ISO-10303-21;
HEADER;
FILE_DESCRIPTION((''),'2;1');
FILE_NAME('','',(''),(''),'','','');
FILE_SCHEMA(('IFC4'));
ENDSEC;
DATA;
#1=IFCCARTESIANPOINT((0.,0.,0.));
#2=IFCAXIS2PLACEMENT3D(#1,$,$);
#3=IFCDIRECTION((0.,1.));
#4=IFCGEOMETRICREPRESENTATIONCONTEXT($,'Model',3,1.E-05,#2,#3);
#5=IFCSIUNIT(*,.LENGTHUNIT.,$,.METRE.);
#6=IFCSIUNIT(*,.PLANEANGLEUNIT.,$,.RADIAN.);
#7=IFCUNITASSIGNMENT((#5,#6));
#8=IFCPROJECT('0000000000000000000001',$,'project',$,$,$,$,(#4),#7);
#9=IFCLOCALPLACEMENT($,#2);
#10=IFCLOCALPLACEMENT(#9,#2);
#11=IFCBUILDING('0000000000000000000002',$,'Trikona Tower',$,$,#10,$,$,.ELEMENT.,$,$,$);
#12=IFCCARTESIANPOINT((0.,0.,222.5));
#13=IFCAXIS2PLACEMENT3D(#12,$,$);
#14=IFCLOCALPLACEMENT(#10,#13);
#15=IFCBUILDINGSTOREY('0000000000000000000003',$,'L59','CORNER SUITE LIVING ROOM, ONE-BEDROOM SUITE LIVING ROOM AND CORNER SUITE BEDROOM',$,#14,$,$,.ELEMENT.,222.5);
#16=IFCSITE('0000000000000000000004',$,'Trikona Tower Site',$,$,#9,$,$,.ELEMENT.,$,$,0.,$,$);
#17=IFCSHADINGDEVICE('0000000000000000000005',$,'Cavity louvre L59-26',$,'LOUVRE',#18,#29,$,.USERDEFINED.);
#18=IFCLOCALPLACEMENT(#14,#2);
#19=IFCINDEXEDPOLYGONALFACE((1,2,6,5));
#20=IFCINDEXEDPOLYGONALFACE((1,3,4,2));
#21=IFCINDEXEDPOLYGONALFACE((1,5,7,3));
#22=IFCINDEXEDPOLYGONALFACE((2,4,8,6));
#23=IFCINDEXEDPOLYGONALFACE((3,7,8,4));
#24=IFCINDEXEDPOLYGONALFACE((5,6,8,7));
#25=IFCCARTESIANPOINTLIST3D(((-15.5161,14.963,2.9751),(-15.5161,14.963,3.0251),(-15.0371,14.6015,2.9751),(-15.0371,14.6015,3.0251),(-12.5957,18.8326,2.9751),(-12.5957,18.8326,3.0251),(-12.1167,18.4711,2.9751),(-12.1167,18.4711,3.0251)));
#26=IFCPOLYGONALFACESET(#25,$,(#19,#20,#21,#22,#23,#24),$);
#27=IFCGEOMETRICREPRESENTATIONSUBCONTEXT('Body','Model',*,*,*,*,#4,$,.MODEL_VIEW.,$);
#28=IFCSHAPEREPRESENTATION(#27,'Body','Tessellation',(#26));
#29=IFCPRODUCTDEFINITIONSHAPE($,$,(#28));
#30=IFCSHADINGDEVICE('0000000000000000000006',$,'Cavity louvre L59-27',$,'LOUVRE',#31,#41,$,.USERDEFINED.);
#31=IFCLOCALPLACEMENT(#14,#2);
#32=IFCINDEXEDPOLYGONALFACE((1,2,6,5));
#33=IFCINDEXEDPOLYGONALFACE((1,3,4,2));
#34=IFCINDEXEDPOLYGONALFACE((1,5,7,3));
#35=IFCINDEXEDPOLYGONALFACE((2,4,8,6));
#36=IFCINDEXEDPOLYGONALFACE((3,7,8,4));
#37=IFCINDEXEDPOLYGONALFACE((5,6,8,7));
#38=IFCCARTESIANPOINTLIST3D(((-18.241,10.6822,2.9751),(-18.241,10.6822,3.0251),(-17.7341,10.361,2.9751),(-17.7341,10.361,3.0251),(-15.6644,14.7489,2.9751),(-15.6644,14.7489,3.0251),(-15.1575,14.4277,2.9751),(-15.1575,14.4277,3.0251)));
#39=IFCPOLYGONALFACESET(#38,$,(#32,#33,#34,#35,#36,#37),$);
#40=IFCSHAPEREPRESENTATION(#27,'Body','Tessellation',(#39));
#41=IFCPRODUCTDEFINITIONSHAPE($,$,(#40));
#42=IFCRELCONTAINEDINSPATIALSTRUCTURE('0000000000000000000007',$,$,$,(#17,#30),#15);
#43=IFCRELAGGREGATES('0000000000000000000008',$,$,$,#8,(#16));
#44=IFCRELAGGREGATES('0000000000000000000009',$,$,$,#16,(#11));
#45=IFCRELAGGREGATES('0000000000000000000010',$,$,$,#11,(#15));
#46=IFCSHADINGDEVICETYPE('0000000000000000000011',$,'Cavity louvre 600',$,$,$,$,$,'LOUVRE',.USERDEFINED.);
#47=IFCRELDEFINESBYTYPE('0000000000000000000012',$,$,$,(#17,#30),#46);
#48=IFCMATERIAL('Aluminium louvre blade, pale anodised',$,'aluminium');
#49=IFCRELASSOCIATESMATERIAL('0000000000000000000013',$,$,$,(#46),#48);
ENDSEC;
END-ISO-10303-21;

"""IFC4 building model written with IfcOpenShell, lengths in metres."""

from ifc_helpers import new_model, si_unit, direction, frame, origin, origin_2d, place, context, subcontext, project, spatial, rectangle, extrude, material, type_object, element, save


model = new_model("IFC4")

# Units and contexts
model_context = context("Model", 3, precision=1e-05, world=origin(), true_north=direction((0.0, 1.0)))
body_context = subcontext(model_context, "Body", "Model", "MODEL_VIEW")
ifc_project = project(units=[si_unit("LENGTHUNIT", "METRE"), si_unit("PLANEANGLEUNIT", "RADIAN")], contexts=[model_context])

# Site, building, storey
site_placement = place(None, origin())
site = spatial("IfcSite", under=ifc_project, at=site_placement, Name="Trikona Tower Site", CompositionType="ELEMENT", RefElevation=0.0)
building_placement = place(site_placement, origin())
building = spatial("IfcBuilding", under=site, at=building_placement, Name="Trikona Tower", CompositionType="ELEMENT")
storey_placement = place(building_placement, frame((0.0, 0.0, 222.5)))
storey = spatial("IfcBuildingStorey", under=building, at=storey_placement, Name="L59", Description="CORNER SUITE LIVING ROOM, ONE-BEDROOM SUITE LIVING ROOM AND CORNER SUITE BEDROOM", CompositionType="ELEMENT", Elevation=222.5)

# Shading devices
ifc_material_1 = material(Name="Aluminium louvre blade, pale anodised", Category="aluminium")
shading_device_type = type_object("IfcShadingDeviceType", Name="Cavity louvre 600", ElementType="LOUVRE", PredefinedType="USERDEFINED", material=ifc_material_1)
shading_device_1_placement = place(storey_placement, frame((-13.8164, 16.717, 2.9751), z_axis=(0.0, 0.0, 1.0), x_axis=(-0.602402, -0.798193, 0.0)))
element("IfcShadingDevice", 1, at=shading_device_1_placement, inside=storey, type_object=shading_device_type, Name="Cavity louvre L59-26", ObjectType="LOUVRE", PredefinedType="USERDEFINED", context=body_context, shape_type="SweptSolid", body=[
    extrude(rectangle(XDim=4.8479, YDim=0.6001, at=origin_2d()), origin(), (0.0, 0.0, 1.0), 0.05),
])
shading_device_2_placement = place(storey_placement, frame((-16.6992, 12.5549, 2.9751), z_axis=(0.0, 0.0, 1.0), x_axis=(-0.535205, -0.844722, 0.0)))
element("IfcShadingDevice", 2, at=shading_device_2_placement, inside=storey, type_object=shading_device_type, Name="Cavity louvre L59-27", ObjectType="LOUVRE", PredefinedType="USERDEFINED", context=body_context, shape_type="SweptSolid", body=[
    extrude(rectangle(XDim=4.8142, YDim=0.6001, at=origin_2d()), origin(), (0.0, 0.0, 1.0), 0.05),
])

save(model, "model.ifc")
